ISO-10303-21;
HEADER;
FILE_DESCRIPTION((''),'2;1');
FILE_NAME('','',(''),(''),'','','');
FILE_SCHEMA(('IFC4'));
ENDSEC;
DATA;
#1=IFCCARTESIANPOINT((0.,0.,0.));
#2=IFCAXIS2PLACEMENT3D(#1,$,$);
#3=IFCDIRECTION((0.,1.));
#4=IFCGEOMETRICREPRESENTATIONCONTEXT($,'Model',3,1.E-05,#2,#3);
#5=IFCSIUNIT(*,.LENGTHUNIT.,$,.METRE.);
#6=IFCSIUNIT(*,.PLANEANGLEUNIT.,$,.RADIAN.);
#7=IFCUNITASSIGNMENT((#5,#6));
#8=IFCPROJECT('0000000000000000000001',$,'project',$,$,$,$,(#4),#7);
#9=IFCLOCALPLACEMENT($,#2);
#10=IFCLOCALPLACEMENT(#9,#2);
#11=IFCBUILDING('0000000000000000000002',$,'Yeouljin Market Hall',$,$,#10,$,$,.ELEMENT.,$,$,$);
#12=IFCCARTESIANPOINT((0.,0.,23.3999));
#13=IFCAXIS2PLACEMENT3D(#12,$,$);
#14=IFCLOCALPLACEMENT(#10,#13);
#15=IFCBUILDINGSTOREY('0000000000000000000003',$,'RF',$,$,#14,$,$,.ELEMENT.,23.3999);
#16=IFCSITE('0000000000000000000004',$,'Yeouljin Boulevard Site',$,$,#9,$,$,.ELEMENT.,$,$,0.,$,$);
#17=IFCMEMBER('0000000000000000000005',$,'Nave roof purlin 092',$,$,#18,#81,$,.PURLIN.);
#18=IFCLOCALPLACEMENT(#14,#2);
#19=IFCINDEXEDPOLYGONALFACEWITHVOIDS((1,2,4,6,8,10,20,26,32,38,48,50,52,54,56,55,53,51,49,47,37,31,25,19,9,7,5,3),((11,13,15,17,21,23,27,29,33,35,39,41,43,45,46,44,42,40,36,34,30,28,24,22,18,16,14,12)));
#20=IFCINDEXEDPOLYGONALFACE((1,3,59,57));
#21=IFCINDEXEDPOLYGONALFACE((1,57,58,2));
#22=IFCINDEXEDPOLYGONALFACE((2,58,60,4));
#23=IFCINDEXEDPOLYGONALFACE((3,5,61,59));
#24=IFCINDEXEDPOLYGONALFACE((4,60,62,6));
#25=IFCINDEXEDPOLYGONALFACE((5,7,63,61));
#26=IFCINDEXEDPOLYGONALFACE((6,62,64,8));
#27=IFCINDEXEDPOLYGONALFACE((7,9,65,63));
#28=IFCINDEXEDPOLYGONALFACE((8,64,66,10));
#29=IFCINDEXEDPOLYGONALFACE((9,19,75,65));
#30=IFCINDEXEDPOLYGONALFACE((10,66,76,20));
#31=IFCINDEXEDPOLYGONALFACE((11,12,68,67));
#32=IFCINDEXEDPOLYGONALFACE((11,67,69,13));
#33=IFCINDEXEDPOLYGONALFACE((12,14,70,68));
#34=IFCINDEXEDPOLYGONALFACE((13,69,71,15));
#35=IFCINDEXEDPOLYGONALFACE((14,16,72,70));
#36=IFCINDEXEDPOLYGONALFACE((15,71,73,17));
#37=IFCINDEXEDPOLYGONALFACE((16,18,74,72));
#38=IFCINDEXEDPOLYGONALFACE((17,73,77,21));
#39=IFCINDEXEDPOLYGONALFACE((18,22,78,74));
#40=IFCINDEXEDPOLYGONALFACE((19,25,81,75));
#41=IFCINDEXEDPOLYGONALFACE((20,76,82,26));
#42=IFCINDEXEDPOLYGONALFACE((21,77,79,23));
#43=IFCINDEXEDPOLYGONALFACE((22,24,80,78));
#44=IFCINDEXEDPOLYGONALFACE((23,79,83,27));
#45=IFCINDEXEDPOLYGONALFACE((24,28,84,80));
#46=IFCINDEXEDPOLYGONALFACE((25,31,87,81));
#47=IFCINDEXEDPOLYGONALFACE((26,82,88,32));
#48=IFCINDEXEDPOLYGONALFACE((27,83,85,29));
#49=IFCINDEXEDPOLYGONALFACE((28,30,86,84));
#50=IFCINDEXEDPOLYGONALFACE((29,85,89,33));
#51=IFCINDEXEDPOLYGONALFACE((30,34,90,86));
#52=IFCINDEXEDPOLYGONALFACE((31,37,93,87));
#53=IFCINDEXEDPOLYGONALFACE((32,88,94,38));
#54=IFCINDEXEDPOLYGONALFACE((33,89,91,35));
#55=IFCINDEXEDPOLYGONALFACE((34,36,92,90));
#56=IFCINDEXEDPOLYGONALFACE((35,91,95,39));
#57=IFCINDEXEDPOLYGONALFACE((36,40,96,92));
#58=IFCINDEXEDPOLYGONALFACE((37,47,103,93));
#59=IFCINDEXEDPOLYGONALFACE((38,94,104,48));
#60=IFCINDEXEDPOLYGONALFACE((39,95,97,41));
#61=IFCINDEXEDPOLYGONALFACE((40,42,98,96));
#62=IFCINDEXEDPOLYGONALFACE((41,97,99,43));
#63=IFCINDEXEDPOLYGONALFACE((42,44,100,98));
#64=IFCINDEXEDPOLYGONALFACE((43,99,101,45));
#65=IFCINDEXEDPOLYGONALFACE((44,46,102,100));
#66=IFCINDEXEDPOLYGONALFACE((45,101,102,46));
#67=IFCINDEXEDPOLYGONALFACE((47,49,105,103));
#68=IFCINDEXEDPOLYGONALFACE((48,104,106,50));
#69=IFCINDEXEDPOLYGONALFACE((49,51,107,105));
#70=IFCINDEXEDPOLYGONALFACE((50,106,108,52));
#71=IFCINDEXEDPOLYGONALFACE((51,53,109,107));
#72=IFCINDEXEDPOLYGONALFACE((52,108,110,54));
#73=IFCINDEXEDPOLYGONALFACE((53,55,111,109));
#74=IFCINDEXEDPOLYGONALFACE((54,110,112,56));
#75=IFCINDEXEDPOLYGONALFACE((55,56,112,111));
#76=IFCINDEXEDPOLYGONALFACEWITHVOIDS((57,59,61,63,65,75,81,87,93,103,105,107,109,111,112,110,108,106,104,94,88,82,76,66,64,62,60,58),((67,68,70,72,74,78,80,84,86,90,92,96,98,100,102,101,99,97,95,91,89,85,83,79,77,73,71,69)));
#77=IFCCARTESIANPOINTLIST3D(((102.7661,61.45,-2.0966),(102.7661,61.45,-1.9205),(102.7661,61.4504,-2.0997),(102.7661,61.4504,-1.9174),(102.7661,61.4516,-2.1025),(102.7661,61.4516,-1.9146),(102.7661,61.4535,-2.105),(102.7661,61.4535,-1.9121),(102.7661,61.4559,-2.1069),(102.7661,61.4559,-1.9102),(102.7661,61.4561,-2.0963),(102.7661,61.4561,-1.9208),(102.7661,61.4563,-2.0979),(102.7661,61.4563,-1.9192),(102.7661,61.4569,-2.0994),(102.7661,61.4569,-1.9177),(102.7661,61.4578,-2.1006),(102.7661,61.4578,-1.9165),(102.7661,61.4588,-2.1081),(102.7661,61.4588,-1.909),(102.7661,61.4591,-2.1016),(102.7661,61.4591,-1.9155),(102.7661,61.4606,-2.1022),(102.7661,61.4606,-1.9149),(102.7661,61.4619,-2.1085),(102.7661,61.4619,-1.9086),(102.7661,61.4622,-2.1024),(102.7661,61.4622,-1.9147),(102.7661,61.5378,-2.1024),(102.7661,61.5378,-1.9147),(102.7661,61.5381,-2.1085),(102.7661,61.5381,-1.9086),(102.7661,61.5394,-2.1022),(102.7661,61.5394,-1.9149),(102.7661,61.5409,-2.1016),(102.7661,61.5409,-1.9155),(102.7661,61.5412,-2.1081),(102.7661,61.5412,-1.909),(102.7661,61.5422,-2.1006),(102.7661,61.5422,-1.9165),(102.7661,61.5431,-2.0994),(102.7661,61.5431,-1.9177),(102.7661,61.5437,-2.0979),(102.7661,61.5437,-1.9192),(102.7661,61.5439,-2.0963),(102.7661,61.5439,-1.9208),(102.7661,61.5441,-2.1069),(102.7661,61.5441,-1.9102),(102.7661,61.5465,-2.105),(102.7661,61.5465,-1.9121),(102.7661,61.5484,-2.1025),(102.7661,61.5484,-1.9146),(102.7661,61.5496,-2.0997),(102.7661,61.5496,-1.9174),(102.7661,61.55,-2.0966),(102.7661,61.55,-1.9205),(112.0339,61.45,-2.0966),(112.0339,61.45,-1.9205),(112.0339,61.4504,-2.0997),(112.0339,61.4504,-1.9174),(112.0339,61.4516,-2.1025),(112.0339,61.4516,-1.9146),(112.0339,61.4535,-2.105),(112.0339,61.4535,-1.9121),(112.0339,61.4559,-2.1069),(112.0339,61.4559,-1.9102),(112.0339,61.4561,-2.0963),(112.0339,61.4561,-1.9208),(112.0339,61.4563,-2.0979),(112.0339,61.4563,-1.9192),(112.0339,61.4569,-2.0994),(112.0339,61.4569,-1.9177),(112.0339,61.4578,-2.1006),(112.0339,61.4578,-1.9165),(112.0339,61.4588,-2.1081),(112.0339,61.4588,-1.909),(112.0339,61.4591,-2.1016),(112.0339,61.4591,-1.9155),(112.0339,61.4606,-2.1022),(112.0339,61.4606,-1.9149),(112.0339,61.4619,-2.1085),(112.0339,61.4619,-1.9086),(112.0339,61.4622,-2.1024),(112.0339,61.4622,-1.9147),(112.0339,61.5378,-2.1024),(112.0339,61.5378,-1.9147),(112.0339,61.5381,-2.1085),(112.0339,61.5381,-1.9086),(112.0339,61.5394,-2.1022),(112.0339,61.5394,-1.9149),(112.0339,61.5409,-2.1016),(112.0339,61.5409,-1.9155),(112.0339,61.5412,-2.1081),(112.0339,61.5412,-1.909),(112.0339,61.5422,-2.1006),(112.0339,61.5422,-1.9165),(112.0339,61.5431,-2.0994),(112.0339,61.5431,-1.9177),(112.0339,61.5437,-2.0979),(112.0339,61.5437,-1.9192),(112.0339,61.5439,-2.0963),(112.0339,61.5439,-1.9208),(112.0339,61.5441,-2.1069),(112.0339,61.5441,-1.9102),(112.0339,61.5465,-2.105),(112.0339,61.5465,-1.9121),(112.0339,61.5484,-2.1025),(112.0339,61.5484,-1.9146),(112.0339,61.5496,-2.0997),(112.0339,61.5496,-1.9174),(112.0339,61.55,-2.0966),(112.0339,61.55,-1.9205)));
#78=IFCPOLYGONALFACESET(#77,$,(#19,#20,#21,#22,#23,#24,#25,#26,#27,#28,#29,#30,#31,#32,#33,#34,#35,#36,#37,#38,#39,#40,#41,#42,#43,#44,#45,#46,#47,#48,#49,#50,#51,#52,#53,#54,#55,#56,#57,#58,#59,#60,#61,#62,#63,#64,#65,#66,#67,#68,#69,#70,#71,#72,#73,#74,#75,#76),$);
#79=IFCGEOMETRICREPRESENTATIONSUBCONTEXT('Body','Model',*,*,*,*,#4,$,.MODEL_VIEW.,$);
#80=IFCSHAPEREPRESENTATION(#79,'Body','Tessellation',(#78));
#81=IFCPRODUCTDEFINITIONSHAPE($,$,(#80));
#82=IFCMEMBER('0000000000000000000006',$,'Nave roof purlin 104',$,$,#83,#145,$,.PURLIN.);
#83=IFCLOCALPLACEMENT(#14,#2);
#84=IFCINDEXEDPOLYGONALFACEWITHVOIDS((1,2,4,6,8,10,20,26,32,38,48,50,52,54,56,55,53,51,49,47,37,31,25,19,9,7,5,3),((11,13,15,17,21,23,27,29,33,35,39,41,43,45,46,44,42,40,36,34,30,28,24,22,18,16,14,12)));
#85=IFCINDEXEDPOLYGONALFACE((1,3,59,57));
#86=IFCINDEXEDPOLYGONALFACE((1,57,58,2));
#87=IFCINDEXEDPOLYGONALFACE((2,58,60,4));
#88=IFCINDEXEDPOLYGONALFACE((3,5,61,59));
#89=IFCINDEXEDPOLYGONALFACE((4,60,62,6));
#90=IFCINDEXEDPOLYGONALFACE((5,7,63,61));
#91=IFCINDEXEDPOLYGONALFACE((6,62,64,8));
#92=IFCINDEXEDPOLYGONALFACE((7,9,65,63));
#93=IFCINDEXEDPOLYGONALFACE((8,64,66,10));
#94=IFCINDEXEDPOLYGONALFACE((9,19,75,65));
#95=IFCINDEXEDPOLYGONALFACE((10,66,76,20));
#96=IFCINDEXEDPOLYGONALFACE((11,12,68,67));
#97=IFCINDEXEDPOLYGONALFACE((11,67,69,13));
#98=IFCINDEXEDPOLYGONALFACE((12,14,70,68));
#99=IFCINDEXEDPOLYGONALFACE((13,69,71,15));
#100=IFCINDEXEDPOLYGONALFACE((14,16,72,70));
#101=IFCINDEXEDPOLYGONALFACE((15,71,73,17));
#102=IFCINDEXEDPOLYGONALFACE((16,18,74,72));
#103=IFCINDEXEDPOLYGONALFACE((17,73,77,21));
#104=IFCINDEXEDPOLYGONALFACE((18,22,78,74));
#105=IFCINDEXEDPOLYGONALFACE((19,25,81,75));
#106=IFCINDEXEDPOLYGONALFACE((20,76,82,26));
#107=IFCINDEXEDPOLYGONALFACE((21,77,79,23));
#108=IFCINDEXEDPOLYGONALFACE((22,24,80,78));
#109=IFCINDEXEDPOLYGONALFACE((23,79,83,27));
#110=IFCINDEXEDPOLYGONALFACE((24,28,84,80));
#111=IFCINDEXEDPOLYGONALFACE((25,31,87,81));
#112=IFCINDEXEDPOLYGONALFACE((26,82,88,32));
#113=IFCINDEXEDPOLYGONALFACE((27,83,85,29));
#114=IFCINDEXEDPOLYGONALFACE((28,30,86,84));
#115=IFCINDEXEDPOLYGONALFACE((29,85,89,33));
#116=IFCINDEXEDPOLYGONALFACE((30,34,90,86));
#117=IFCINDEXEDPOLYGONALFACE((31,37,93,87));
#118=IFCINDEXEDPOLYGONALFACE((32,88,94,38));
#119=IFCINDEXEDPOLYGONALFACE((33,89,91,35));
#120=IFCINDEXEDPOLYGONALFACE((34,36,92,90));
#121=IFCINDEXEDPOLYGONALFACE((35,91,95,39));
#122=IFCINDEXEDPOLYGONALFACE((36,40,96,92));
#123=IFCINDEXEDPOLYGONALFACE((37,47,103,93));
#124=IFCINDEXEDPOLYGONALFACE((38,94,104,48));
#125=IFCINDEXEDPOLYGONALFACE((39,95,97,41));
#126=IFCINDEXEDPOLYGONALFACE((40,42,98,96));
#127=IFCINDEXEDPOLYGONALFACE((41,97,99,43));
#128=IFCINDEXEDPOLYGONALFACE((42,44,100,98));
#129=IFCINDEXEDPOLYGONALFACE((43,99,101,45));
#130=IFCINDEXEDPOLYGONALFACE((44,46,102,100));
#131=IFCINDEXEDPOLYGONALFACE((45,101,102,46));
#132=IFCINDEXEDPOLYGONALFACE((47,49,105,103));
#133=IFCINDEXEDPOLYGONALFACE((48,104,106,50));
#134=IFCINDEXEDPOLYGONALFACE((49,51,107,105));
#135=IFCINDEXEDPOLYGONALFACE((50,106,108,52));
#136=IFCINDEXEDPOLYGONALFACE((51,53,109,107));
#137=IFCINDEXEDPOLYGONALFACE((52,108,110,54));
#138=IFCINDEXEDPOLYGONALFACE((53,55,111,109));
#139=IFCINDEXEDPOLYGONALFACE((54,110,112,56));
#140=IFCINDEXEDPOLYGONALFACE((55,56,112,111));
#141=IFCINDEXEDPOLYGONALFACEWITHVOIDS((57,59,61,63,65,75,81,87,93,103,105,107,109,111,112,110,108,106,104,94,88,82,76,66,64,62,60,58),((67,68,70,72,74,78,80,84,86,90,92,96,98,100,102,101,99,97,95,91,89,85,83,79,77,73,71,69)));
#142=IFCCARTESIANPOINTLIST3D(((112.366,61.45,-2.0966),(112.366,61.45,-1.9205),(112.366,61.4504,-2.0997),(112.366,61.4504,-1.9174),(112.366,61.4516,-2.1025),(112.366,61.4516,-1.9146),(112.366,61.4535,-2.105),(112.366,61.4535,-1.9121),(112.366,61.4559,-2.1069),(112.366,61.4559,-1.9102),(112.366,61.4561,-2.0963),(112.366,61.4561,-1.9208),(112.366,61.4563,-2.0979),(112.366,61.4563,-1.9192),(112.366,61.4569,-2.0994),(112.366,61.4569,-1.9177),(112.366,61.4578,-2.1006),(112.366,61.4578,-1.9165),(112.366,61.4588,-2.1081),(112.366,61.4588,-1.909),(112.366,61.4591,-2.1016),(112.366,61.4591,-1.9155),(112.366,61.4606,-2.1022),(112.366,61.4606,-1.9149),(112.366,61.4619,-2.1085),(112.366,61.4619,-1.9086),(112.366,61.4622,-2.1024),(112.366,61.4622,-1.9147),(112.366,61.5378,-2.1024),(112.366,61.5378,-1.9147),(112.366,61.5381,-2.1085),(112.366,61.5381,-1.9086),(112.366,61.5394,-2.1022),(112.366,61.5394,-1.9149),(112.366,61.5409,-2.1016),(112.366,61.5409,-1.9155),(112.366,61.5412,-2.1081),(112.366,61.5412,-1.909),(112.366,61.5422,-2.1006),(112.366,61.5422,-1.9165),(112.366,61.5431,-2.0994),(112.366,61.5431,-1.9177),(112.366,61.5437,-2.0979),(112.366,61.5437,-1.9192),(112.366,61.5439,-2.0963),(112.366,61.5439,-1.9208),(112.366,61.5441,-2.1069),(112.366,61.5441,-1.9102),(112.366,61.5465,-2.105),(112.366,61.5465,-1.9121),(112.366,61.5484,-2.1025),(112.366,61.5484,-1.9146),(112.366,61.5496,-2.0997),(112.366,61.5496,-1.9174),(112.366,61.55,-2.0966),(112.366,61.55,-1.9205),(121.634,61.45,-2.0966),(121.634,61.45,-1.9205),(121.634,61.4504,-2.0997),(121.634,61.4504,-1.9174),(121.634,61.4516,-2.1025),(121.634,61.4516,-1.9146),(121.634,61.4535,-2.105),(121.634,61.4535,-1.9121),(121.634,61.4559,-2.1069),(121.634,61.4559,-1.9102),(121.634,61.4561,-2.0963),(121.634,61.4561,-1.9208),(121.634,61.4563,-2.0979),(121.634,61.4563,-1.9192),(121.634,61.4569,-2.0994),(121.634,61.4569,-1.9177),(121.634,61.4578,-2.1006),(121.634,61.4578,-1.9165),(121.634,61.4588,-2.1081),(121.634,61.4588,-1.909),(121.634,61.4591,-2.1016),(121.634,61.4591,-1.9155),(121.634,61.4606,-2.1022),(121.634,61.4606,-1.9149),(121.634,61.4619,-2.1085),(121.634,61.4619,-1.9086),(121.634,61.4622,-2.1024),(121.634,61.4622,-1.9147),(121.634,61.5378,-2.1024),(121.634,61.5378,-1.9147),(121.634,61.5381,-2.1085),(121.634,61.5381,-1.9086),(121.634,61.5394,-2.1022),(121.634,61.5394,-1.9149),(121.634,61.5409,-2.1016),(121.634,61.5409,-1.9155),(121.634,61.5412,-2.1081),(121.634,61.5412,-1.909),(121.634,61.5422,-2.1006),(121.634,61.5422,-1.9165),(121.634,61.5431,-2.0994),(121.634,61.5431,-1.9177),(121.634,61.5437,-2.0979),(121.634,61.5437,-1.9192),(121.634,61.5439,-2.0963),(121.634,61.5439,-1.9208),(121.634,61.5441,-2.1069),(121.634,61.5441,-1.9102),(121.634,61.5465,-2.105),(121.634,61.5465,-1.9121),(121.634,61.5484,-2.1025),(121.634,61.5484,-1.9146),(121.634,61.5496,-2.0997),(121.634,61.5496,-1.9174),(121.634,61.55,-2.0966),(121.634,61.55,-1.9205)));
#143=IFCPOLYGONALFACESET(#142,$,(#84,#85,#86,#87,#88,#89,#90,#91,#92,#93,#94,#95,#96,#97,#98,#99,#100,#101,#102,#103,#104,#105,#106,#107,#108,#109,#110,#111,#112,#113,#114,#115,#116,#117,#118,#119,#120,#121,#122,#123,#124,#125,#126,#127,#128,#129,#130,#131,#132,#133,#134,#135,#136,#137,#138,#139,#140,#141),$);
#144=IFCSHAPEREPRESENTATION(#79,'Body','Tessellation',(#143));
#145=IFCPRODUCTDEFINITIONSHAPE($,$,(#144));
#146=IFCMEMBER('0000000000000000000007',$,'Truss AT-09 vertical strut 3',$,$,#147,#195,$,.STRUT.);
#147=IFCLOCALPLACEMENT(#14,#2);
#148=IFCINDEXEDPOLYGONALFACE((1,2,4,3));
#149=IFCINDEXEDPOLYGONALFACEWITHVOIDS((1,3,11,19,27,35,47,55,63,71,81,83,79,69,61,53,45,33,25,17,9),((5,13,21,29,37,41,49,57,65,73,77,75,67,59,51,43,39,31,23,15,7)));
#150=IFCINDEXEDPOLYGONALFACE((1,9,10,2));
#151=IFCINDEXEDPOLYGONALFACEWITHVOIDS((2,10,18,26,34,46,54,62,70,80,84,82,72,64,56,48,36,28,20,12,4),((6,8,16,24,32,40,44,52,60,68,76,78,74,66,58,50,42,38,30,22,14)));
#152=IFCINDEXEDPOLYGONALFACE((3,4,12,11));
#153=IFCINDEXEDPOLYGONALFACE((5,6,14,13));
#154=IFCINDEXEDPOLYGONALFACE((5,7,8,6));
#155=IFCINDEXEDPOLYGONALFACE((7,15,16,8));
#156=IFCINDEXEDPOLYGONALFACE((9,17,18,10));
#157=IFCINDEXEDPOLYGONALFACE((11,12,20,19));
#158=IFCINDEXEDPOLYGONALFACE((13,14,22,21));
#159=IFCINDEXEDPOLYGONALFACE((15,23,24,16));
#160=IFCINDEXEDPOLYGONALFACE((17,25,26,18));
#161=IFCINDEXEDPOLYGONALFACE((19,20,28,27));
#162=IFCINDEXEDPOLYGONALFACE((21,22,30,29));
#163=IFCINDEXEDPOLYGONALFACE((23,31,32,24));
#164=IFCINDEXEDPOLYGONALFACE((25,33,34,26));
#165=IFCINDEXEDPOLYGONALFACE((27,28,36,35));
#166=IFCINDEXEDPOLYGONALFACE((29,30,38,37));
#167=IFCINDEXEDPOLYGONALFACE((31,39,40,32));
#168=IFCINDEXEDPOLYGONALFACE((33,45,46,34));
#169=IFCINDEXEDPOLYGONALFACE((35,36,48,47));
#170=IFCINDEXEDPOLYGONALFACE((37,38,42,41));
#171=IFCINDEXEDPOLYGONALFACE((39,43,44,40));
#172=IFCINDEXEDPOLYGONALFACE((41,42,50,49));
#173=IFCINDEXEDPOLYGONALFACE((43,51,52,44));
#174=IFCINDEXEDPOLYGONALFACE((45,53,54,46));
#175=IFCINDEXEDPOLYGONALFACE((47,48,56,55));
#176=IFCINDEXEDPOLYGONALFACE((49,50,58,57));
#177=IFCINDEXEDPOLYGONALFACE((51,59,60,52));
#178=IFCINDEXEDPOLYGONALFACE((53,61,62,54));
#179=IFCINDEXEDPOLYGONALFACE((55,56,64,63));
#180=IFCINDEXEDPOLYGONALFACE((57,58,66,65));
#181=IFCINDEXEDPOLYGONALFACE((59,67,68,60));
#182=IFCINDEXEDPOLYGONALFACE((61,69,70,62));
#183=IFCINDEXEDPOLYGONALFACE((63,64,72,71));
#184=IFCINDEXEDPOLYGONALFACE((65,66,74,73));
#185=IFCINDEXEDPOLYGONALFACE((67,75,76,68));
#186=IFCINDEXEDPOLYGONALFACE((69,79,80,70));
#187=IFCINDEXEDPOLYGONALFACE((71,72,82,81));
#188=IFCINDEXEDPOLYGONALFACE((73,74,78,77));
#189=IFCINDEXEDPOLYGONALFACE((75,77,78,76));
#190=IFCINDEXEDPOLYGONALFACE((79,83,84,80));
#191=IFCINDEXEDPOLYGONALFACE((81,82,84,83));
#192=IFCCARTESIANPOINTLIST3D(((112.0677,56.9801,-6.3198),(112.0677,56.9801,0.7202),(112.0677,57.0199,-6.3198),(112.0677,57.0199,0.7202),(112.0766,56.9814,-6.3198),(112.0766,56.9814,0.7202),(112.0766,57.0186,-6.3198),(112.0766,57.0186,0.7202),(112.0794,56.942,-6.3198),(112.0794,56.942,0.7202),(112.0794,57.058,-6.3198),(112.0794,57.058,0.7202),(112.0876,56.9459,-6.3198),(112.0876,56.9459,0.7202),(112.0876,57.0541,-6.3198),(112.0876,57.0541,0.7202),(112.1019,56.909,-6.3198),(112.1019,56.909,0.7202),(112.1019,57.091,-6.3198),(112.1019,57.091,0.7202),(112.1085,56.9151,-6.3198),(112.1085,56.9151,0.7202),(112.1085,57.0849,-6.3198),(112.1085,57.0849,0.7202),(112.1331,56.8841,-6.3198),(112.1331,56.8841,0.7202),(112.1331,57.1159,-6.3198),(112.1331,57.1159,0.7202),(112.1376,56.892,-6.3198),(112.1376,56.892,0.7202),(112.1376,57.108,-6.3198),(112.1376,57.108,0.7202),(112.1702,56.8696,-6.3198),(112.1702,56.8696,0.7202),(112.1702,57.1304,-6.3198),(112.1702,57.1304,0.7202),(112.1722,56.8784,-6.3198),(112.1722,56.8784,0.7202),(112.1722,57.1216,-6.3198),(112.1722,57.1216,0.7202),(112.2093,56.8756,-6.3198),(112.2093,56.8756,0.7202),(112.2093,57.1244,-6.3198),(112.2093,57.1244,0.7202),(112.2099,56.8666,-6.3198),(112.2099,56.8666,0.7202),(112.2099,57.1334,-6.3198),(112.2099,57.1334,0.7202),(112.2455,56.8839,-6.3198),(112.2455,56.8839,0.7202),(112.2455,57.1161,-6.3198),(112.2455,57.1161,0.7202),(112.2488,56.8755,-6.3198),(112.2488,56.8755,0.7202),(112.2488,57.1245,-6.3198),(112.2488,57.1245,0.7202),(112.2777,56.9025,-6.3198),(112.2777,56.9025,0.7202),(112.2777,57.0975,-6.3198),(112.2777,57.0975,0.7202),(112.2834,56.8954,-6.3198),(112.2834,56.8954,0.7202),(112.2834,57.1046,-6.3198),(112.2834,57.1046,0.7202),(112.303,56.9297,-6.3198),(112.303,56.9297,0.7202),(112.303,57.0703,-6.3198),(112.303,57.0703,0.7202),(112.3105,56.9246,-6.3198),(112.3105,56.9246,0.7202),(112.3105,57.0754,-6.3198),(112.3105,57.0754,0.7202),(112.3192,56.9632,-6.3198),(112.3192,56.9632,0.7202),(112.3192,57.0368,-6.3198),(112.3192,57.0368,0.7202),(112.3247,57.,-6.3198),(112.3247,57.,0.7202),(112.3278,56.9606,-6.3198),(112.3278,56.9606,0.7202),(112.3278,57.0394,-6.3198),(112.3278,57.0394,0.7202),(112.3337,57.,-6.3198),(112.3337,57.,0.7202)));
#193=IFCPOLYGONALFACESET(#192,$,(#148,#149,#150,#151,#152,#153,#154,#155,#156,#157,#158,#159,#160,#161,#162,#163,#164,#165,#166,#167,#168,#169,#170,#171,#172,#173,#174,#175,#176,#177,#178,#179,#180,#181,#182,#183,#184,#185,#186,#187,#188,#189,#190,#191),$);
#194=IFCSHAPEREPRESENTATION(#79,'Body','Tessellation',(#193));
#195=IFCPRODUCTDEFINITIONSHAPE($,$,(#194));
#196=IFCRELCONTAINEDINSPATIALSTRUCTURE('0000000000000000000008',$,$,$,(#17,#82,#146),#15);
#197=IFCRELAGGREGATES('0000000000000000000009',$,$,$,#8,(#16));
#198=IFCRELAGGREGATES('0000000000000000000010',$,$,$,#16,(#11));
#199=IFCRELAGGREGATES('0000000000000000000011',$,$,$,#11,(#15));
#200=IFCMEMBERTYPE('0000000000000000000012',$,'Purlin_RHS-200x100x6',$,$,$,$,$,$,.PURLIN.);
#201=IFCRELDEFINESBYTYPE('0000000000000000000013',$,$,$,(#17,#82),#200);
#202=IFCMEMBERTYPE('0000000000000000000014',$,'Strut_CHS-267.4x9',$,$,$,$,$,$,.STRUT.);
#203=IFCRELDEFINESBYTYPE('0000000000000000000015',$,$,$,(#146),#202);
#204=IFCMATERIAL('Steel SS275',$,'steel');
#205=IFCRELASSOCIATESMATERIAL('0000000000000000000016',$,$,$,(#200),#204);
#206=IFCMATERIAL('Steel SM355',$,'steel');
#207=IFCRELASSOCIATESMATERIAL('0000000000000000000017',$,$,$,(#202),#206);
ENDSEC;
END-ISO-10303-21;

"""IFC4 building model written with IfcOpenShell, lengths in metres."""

from ifc_helpers import new_model, si_unit, direction, frame, origin, origin_2d, place, context, subcontext, project, spatial, hollow_rectangle, hollow_circle, extrude, material, material_profile, profile_set, type_object, element, save


model = new_model("IFC4")

# Units and contexts
model_context = context("Model", 3, precision=1e-05, world=origin(), true_north=direction((0.0, 1.0)))
body_context = subcontext(model_context, "Body", "Model", "MODEL_VIEW")
ifc_project = project(units=[si_unit("LENGTHUNIT", "METRE"), si_unit("PLANEANGLEUNIT", "RADIAN")], contexts=[model_context])

# Site, building, storey
site_placement = place(None, origin())
site = spatial("IfcSite", under=ifc_project, at=site_placement, Name="Yeouljin Boulevard Site", CompositionType="ELEMENT", RefElevation=0.0)
building_placement = place(site_placement, origin())
building = spatial("IfcBuilding", under=site, at=building_placement, Name="Yeouljin Market Hall", CompositionType="ELEMENT")
storey_placement = place(building_placement, frame((0.0, 0.0, 23.3999)))
storey = spatial("IfcBuildingStorey", under=building, at=storey_placement, Name="RF", CompositionType="ELEMENT", Elevation=23.3999)

# Members
ifc_material_1 = material(Name="Steel SS275", Category="steel")
ifc_material_profile_1 = material_profile(ifc_material_1, hollow_rectangle(XDim=0.1001, YDim=0.2, WallThickness=0.0061, InnerFilletRadius=0.0061, OuterFilletRadius=0.012, at=origin_2d()), Name="RHS-200x100x6")
ifc_profile_set_1 = profile_set([ifc_material_profile_1], Name="Steel SS275")
member_type_1 = type_object("IfcMemberType", Name="Purlin_RHS-200x100x6", PredefinedType="PURLIN", material=ifc_profile_set_1)
member_1_placement = place(storey_placement, frame((102.7661, 61.5, -2.0085), z_axis=(1.0, 0.0, 0.0), x_axis=(0.0, 1.0, 0.0)))
element("IfcMember", 1, at=member_1_placement, inside=storey, type_object=member_type_1, Name="Nave roof purlin 092", PredefinedType="PURLIN", context=body_context, shape_type="SweptSolid", body=[
    extrude(hollow_rectangle(XDim=0.1001, YDim=0.2, WallThickness=0.0061, InnerFilletRadius=0.0061, OuterFilletRadius=0.012, at=origin_2d()), origin(), (0.0, 0.0, 1.0), 9.2678),
])
member_2_placement = place(storey_placement, frame((112.366, 61.5, -2.0085), z_axis=(1.0, 0.0, 0.0), x_axis=(0.0, 1.0, 0.0)))
element("IfcMember", 2, at=member_2_placement, inside=storey, type_object=member_type_1, Name="Nave roof purlin 104", PredefinedType="PURLIN", context=body_context, shape_type="SweptSolid", body=[
    extrude(hollow_rectangle(XDim=0.1001, YDim=0.2, WallThickness=0.0061, InnerFilletRadius=0.0061, OuterFilletRadius=0.012, at=origin_2d()), origin(), (0.0, 0.0, 1.0), 9.2681),
])
ifc_material_2 = material(Name="Steel SM355", Category="steel")
ifc_material_profile_2 = material_profile(ifc_material_2, hollow_circle(Radius=0.1338, WallThickness=0.009, at=origin_2d()), Name="CHS-267.4x9")
ifc_profile_set_2 = profile_set([ifc_material_profile_2], Name="Steel SM355")
member_type_2 = type_object("IfcMemberType", Name="Strut_CHS-267.4x9", PredefinedType="STRUT", material=ifc_profile_set_2)
member_3_placement = place(storey_placement, frame((112.2, 57.0, -6.3198), z_axis=(0.0, 0.0, 1.0), x_axis=(1.0, 0.0, 0.0)))
element("IfcMember", 3, at=member_3_placement, inside=storey, type_object=member_type_2, Name="Truss AT-09 vertical strut 3", PredefinedType="STRUT", context=body_context, shape_type="SweptSolid", body=[
    extrude(hollow_circle(Radius=0.1338, WallThickness=0.009, at=origin_2d()), origin(), (0.0, 0.0, 1.0), 7.04),
])

save(model, "model.ifc")
